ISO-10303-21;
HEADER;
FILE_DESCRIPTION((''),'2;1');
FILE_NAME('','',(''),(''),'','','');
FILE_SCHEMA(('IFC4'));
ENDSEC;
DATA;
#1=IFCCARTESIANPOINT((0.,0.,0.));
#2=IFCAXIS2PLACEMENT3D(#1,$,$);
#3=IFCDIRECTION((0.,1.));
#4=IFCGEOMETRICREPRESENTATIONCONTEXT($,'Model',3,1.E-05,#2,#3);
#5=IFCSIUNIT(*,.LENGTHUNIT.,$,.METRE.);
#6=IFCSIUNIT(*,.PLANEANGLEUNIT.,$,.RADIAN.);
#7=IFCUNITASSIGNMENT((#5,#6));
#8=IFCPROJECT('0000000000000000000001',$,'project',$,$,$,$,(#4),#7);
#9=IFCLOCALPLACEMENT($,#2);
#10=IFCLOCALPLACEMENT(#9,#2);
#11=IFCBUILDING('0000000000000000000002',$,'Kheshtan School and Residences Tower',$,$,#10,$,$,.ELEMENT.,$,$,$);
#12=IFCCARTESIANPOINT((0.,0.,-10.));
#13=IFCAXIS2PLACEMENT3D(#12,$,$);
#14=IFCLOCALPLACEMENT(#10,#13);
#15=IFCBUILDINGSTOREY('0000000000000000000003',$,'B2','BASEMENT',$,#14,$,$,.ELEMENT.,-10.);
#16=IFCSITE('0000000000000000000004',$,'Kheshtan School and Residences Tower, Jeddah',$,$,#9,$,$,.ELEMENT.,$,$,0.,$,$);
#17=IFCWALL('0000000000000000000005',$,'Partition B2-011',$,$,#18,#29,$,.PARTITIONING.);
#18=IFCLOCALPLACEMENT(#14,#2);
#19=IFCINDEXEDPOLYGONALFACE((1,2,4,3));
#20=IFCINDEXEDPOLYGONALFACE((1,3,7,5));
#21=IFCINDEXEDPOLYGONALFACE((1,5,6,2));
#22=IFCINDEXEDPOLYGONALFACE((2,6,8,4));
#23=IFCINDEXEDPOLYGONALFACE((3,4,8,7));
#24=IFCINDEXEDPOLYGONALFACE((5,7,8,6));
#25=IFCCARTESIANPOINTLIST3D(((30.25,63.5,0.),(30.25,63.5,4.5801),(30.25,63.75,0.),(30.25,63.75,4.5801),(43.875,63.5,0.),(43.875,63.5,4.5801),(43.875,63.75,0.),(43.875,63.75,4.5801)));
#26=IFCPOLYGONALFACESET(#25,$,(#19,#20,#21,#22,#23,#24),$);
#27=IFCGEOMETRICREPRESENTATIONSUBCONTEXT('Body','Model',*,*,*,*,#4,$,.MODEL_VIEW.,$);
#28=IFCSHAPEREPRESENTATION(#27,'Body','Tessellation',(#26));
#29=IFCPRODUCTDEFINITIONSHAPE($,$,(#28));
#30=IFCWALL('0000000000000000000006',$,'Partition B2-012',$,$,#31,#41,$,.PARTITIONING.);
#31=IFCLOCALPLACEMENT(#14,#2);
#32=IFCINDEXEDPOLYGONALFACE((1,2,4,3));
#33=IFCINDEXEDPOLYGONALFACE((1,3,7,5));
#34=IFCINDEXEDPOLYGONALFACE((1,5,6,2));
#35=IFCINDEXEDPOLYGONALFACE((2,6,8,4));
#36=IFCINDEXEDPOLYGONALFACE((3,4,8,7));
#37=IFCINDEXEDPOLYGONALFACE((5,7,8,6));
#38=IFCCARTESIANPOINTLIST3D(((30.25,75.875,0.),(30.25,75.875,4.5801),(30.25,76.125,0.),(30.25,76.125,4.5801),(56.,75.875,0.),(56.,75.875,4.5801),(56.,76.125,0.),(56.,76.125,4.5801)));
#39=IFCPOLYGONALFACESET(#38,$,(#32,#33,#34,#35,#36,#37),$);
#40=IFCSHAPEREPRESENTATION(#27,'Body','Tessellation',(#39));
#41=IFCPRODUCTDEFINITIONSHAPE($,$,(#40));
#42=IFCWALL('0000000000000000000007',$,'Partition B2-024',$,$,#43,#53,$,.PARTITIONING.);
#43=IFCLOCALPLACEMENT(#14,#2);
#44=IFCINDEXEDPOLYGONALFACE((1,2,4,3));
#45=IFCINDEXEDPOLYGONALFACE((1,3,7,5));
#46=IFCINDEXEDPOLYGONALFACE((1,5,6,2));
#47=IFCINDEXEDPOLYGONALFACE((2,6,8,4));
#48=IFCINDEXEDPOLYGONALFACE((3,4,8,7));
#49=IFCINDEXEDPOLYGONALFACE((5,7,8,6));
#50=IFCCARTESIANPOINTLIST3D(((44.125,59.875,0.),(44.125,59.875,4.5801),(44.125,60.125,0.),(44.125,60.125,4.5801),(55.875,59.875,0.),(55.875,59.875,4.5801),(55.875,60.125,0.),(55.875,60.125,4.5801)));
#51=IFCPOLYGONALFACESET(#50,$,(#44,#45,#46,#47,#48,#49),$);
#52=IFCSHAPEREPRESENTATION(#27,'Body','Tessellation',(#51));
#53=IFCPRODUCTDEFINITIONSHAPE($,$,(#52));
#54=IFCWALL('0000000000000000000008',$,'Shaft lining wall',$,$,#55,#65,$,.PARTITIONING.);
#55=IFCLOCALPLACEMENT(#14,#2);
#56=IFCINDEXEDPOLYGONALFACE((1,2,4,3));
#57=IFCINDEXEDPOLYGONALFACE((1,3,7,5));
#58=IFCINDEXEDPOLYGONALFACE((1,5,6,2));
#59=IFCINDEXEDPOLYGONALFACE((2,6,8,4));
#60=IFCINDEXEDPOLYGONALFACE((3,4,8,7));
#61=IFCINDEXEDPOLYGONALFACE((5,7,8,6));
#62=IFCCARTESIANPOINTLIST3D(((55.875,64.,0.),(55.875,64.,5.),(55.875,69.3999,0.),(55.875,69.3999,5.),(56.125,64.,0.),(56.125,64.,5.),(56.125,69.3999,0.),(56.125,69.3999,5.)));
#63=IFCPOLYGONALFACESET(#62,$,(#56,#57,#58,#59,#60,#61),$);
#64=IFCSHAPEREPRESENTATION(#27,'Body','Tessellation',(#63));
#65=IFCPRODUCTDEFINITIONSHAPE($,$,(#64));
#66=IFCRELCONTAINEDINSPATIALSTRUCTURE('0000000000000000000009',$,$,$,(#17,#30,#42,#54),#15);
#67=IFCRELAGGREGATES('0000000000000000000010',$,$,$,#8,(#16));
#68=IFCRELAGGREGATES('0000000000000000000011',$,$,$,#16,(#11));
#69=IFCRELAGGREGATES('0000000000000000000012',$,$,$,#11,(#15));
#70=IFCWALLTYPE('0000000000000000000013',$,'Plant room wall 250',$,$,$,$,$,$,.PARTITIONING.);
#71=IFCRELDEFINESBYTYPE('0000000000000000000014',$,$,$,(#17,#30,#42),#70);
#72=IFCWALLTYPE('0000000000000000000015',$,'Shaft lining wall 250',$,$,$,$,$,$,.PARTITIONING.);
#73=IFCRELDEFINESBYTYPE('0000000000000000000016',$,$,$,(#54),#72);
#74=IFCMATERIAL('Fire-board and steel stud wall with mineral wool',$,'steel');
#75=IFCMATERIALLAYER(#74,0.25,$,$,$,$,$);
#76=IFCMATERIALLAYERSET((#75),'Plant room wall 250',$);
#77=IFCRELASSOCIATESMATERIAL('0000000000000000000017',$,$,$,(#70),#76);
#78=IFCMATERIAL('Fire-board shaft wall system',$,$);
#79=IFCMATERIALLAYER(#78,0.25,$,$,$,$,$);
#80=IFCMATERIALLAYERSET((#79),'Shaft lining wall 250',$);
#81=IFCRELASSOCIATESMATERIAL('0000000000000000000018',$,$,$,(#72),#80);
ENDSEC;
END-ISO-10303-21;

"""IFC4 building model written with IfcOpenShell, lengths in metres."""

from ifc_helpers import new_model, si_unit, direction, frame, frame_2d, origin, place, context, subcontext, project, spatial, rectangle, extrude, material, layer, layer_set, type_object, element, save


model = new_model("IFC4")

# Units and contexts
model_context = context("Model", 3, precision=1e-05, world=origin(), true_north=direction((0.0, 1.0)))
body_context = subcontext(model_context, "Body", "Model", "MODEL_VIEW")
ifc_project = project(units=[si_unit("LENGTHUNIT", "METRE"), si_unit("PLANEANGLEUNIT", "RADIAN")], contexts=[model_context])

# Site, building, storey
site_placement = place(None, origin())
site = spatial("IfcSite", under=ifc_project, at=site_placement, Name="Kheshtan School and Residences Tower, Jeddah", CompositionType="ELEMENT", RefElevation=0.0)
building_placement = place(site_placement, origin())
building = spatial("IfcBuilding", under=site, at=building_placement, Name="Kheshtan School and Residences Tower", CompositionType="ELEMENT")
storey_placement = place(building_placement, frame((0.0, 0.0, -10.0)))
storey = spatial("IfcBuildingStorey", under=building, at=storey_placement, Name="B2", Description="BASEMENT", CompositionType="ELEMENT", Elevation=-10.0)

# Walls
ifc_material_1 = material(Name="Fire-board and steel stud wall with mineral wool", Category="steel")
ifc_layer_1 = layer(ifc_material_1, 0.25)
ifc_layer_set_1 = layer_set([ifc_layer_1], Name="Plant room wall 250")
wall_type_1 = type_object("IfcWallType", Name="Plant room wall 250", PredefinedType="PARTITIONING", material=ifc_layer_set_1)
wall_1_placement = place(storey_placement, frame((30.25, 63.625, 0.0), z_axis=(0.0, 0.0, 1.0), x_axis=(1.0, 0.0, 0.0)))
element("IfcWall", 1, at=wall_1_placement, inside=storey, type_object=wall_type_1, Name="Partition B2-011", PredefinedType="PARTITIONING", context=body_context, shape_type="SweptSolid", body=[
    extrude(rectangle(XDim=13.625, YDim=0.25, at=frame_2d((6.8125, 0.0))), origin(), (0.0, 0.0, 1.0), 4.5801),
])
wall_2_placement = place(storey_placement, frame((30.25, 76.0, 0.0), z_axis=(0.0, 0.0, 1.0), x_axis=(1.0, 0.0, 0.0)))
element("IfcWall", 2, at=wall_2_placement, inside=storey, type_object=wall_type_1, Name="Partition B2-012", PredefinedType="PARTITIONING", context=body_context, shape_type="SweptSolid", body=[
    extrude(rectangle(XDim=25.75, YDim=0.25, at=frame_2d((12.875, 0.0))), origin(), (0.0, 0.0, 1.0), 4.5801),
])
wall_3_placement = place(storey_placement, frame((44.125, 60.0, 0.0), z_axis=(0.0, 0.0, 1.0), x_axis=(1.0, 0.0, 0.0)))
element("IfcWall", 3, at=wall_3_placement, inside=storey, type_object=wall_type_1, Name="Partition B2-024", PredefinedType="PARTITIONING", context=body_context, shape_type="SweptSolid", body=[
    extrude(rectangle(XDim=11.75, YDim=0.25, at=frame_2d((5.875, 0.0))), origin(), (0.0, 0.0, 1.0), 4.5801),
])
ifc_material_2 = material(Name="Fire-board shaft wall system")
ifc_layer_2 = layer(ifc_material_2, 0.25)
ifc_layer_set_2 = layer_set([ifc_layer_2], Name="Shaft lining wall 250")
wall_type_2 = type_object("IfcWallType", Name="Shaft lining wall 250", PredefinedType="PARTITIONING", material=ifc_layer_set_2)
wall_4_placement = place(storey_placement, frame((56.0, 64.0, 0.0), z_axis=(0.0, 0.0, 1.0), x_axis=(0.0, 1.0, 0.0)))
element("IfcWall", 4, at=wall_4_placement, inside=storey, type_object=wall_type_2, Name="Shaft lining wall", PredefinedType="PARTITIONING", context=body_context, shape_type="SweptSolid", body=[
    extrude(rectangle(XDim=5.3999, YDim=0.25, at=frame_2d((2.7, 0.0))), origin(), (0.0, 0.0, 1.0), 5.0),
])

save(model, "model.ifc")
